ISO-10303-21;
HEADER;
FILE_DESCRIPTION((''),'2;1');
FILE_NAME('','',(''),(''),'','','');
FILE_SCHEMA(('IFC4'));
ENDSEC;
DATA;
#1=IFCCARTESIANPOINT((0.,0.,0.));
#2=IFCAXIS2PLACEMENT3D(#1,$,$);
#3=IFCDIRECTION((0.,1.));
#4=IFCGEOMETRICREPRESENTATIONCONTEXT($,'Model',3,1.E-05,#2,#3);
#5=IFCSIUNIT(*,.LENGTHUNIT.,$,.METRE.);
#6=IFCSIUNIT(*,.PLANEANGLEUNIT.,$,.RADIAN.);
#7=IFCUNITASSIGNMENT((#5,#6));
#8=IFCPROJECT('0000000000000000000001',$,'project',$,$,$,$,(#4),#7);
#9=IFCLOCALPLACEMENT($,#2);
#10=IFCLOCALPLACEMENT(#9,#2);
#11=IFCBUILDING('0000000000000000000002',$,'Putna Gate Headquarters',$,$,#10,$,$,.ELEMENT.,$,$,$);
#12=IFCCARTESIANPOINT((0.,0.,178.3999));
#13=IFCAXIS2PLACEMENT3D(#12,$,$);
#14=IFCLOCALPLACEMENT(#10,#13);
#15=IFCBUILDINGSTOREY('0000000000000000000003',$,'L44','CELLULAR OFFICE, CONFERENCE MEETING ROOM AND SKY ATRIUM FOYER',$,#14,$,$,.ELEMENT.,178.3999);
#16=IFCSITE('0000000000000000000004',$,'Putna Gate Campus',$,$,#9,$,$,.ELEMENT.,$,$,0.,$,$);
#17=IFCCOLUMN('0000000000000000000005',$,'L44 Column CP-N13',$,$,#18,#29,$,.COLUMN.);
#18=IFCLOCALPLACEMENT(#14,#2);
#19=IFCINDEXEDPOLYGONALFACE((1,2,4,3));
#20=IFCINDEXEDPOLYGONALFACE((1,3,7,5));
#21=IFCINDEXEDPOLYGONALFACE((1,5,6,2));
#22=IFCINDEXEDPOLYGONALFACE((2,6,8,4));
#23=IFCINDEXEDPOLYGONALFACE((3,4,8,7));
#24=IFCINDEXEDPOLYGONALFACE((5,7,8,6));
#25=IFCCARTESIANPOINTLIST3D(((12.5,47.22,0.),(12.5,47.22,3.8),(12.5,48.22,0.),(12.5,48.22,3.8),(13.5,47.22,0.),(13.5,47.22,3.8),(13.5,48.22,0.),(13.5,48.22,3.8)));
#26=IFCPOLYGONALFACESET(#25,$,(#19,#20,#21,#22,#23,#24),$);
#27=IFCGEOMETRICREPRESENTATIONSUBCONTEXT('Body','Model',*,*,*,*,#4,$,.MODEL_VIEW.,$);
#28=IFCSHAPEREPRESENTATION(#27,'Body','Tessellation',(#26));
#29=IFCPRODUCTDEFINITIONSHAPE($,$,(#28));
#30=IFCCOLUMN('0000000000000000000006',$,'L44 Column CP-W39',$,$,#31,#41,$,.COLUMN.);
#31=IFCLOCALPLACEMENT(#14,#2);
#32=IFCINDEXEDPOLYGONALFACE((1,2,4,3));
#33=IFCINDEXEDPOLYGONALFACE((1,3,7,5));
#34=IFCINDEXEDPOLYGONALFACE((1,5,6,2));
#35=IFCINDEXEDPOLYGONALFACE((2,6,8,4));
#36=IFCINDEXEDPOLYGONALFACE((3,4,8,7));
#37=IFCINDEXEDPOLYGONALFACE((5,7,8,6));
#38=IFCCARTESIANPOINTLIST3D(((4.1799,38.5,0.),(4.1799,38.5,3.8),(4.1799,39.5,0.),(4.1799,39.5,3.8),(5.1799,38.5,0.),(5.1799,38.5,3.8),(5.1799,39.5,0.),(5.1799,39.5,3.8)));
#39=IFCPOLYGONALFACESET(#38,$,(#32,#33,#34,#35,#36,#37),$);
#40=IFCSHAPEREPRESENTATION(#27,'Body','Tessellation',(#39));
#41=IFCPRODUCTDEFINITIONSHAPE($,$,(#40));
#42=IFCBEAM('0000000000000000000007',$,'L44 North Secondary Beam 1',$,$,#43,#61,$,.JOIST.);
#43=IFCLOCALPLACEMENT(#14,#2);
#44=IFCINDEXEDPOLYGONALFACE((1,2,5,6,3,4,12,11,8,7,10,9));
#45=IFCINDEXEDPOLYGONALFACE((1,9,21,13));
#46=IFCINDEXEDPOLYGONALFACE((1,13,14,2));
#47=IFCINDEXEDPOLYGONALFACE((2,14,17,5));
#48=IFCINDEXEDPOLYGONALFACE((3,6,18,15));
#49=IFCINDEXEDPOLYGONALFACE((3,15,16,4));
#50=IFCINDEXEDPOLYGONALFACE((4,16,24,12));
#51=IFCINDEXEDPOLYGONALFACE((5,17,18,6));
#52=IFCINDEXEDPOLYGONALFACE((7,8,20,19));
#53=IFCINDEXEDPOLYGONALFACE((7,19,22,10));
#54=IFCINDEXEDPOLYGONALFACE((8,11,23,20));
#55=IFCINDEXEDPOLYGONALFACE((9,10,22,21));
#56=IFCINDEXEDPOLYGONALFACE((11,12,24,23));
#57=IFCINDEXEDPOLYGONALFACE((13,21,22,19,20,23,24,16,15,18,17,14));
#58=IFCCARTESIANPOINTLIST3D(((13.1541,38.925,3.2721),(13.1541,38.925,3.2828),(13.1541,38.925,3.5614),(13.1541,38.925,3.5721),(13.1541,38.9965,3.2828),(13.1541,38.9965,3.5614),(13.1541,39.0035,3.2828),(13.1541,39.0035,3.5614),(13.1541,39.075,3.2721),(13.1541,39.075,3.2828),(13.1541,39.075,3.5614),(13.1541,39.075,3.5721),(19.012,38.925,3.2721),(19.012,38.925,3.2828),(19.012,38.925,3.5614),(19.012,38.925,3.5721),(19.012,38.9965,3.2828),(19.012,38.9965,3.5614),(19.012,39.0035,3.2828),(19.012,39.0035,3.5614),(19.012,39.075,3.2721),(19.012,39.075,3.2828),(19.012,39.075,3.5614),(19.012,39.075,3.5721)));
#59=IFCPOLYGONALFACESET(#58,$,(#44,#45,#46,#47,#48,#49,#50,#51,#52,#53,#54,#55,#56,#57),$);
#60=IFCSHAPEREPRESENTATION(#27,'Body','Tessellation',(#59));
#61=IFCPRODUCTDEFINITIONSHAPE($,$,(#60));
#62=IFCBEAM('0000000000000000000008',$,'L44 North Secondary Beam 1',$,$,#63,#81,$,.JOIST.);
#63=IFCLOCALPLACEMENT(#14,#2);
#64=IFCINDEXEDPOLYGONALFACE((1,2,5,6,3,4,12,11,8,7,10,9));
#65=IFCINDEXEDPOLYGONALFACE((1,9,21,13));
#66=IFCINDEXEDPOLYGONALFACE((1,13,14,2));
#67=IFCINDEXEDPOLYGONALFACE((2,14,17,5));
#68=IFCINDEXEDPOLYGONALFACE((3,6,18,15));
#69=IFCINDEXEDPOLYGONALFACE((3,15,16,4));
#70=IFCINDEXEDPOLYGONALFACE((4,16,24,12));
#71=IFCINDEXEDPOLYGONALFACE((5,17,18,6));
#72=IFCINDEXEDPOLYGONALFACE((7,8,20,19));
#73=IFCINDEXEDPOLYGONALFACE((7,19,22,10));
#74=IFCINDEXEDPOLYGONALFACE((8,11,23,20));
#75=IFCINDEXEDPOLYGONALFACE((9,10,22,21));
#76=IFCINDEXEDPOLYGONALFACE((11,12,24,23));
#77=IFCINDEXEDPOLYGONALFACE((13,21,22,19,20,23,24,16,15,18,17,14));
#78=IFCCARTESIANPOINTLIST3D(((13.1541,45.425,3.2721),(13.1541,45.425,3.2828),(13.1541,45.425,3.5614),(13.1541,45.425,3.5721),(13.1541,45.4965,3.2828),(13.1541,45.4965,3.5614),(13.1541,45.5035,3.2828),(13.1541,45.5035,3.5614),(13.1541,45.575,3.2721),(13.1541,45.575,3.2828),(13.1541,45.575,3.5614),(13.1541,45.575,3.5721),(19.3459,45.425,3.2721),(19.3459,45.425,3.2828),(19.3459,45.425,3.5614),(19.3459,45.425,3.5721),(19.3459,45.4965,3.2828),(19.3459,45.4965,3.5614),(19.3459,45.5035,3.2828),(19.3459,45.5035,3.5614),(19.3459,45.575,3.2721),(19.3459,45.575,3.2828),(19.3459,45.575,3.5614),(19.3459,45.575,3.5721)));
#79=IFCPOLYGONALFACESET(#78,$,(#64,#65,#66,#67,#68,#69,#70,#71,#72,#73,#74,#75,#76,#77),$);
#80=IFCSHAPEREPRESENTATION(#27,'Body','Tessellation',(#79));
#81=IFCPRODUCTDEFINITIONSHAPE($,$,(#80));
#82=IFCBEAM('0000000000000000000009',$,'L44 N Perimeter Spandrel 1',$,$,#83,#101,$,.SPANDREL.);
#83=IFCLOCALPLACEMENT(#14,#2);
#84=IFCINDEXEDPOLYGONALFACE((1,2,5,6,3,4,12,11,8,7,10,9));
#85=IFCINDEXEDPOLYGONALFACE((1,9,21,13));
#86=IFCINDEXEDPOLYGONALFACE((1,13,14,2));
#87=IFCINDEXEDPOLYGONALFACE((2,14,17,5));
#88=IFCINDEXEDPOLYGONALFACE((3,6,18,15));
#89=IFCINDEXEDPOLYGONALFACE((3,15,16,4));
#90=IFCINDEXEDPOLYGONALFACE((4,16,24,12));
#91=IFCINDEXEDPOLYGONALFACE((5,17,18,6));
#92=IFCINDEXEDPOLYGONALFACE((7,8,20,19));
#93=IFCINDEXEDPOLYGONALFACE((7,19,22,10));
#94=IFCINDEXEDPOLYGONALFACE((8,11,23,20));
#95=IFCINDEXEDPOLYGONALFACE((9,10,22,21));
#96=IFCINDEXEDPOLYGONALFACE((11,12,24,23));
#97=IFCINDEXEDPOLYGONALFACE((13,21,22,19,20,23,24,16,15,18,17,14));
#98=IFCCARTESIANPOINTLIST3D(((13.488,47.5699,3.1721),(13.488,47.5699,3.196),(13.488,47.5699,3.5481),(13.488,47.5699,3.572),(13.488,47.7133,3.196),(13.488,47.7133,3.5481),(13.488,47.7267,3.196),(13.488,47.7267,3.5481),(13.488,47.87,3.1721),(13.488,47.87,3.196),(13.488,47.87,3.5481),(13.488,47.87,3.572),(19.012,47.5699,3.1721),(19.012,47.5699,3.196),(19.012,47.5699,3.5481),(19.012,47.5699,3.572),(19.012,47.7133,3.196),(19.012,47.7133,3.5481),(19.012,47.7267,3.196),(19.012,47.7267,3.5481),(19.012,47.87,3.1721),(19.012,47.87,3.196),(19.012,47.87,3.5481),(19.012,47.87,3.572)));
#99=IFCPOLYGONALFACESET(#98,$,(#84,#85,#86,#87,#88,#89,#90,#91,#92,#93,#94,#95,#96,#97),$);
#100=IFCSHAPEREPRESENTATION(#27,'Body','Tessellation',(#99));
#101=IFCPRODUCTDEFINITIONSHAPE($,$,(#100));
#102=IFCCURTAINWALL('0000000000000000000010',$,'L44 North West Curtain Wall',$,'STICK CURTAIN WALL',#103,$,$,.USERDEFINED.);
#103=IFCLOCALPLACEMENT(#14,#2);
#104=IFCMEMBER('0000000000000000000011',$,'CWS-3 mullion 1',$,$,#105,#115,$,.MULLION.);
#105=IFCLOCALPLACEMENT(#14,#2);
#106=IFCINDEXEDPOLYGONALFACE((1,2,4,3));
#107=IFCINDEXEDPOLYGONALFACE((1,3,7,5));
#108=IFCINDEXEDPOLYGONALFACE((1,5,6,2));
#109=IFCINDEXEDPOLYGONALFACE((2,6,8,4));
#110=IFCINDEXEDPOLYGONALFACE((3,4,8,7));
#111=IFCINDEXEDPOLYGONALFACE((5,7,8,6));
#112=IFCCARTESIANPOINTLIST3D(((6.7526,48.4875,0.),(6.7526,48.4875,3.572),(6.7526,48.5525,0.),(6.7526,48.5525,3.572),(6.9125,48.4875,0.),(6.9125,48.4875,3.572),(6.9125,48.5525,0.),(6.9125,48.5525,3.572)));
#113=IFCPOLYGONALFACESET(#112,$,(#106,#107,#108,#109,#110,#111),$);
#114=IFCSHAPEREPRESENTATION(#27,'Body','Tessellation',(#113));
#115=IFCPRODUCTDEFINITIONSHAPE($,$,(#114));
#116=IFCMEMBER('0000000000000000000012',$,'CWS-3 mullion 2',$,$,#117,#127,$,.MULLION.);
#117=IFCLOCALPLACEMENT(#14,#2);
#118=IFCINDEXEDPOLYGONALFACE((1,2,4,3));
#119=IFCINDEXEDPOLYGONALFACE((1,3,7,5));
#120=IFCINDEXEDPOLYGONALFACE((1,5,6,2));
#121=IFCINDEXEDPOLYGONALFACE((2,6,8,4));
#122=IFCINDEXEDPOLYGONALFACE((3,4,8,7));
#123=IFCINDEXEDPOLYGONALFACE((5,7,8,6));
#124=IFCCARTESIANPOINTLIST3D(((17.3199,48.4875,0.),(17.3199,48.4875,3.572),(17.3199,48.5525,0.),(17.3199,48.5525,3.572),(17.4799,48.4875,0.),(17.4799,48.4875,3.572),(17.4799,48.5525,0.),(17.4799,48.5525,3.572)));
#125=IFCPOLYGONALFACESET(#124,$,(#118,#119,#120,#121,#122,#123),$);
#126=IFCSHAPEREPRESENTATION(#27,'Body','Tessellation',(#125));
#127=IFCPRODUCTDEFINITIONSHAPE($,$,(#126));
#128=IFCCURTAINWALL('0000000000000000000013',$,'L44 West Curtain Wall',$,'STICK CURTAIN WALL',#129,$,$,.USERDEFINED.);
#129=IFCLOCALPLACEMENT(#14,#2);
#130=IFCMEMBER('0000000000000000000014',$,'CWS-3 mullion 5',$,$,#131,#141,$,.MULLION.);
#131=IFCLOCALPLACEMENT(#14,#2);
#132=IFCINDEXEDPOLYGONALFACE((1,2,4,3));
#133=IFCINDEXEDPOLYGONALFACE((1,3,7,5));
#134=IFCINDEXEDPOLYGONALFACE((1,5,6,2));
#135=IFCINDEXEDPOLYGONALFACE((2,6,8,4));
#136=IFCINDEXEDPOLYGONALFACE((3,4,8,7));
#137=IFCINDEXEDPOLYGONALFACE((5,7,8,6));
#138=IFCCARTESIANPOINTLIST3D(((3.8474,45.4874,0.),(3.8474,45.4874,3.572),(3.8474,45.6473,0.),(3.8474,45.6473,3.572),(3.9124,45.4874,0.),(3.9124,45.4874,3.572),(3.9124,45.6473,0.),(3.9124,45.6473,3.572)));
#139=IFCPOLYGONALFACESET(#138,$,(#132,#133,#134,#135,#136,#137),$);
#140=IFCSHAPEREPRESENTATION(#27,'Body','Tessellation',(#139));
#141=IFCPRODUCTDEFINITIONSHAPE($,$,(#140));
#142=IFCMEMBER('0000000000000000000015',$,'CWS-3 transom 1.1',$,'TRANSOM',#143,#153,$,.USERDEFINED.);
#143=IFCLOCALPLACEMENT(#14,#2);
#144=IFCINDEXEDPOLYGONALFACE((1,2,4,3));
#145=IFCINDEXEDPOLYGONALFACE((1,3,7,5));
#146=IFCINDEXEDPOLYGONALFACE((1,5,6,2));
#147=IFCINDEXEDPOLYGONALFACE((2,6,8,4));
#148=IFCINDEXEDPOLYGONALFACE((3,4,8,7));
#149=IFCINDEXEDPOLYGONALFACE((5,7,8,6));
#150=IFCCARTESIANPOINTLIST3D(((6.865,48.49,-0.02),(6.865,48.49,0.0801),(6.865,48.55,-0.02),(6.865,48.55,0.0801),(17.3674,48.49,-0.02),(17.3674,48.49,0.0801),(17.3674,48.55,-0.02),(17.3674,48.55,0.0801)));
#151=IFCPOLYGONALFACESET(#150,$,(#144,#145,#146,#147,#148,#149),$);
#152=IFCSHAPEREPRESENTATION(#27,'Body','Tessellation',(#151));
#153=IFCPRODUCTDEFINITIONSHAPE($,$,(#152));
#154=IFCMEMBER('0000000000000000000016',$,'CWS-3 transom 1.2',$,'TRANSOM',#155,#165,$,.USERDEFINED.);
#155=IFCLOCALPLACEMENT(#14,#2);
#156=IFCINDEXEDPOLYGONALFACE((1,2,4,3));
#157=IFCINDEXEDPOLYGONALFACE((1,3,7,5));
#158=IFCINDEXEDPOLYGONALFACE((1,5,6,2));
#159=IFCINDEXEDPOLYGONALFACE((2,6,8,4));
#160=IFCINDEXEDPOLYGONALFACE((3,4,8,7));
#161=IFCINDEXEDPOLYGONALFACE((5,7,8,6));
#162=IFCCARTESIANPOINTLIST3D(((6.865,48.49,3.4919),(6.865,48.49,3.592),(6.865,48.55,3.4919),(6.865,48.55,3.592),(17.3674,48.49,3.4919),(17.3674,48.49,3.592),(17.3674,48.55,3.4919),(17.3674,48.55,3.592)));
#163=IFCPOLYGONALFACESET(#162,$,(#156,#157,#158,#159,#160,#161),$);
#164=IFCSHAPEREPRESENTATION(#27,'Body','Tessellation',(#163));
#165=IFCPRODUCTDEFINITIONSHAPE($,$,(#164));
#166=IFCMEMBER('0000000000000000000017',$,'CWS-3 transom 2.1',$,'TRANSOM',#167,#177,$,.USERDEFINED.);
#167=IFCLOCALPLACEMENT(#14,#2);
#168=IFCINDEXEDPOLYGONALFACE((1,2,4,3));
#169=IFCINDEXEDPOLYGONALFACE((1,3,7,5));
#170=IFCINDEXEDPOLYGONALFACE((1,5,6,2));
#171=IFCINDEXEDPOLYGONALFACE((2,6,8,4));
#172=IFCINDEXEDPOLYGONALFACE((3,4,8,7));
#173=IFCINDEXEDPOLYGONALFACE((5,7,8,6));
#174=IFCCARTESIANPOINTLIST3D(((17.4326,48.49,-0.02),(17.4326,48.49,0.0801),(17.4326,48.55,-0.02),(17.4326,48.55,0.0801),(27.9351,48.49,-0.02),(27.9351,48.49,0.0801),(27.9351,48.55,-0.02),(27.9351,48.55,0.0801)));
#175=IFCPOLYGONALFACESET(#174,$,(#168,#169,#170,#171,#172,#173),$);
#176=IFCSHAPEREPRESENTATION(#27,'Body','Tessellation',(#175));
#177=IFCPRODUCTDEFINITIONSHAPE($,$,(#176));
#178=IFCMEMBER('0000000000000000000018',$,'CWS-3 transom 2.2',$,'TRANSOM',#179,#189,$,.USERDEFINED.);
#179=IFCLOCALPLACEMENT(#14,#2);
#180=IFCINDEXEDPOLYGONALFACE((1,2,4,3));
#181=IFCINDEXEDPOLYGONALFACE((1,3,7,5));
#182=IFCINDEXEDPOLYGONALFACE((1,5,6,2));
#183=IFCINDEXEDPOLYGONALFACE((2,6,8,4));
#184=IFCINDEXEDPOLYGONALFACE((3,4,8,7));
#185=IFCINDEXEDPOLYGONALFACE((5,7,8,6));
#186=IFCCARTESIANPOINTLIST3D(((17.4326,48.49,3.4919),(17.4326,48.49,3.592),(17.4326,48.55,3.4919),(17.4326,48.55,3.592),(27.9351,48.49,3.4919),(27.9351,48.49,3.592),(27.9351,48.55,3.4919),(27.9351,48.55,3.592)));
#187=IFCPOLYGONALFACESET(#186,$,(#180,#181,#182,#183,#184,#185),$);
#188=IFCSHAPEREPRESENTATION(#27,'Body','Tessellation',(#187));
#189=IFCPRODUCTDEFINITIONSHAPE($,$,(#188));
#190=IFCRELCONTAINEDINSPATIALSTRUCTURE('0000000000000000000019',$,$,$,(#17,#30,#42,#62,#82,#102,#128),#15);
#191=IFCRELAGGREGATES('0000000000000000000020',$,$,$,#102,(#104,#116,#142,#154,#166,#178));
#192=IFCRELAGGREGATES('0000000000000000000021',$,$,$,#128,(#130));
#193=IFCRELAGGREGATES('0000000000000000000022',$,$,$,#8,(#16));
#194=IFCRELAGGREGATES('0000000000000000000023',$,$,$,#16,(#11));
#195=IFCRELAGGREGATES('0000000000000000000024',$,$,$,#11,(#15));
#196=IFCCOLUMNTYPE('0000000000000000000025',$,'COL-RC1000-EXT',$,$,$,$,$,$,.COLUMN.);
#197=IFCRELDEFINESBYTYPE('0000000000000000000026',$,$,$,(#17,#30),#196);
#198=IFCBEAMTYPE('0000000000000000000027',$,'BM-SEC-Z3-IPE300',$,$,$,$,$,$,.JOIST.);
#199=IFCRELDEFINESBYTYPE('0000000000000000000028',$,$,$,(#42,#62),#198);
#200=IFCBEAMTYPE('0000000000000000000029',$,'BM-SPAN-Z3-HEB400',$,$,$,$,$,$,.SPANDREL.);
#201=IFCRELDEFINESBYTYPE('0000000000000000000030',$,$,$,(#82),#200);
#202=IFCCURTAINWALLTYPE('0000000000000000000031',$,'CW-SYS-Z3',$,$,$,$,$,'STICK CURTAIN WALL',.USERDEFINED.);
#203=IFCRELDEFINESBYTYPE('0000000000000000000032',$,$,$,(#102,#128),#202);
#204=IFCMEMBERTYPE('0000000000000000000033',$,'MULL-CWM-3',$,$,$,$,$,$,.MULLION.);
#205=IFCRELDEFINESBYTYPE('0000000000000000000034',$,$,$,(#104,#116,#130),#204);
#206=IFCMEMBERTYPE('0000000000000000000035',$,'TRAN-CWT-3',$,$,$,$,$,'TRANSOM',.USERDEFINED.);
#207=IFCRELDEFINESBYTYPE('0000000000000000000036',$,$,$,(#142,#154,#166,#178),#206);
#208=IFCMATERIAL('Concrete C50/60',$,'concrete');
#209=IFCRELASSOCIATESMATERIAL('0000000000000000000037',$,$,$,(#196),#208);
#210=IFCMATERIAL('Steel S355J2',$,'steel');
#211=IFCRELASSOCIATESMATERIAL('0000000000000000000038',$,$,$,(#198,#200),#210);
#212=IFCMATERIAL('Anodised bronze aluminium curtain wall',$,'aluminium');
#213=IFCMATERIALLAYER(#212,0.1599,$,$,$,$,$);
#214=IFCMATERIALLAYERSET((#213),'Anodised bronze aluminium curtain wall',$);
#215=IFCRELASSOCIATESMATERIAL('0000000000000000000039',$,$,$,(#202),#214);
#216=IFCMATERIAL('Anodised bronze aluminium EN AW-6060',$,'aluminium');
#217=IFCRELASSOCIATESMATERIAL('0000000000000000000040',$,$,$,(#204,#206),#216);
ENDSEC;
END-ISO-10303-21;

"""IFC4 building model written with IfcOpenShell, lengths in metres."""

from ifc_helpers import new_model, si_unit, direction, frame, origin, origin_2d, place, context, subcontext, project, spatial, rectangle, i_section, extrude, material, layer, layer_set, material_profile, profile_set, type_object, element, aggregate, save


model = new_model("IFC4")

# Units and contexts
model_context = context("Model", 3, precision=1e-05, world=origin(), true_north=direction((0.0, 1.0)))
body_context = subcontext(model_context, "Body", "Model", "MODEL_VIEW")
ifc_project = project(units=[si_unit("LENGTHUNIT", "METRE"), si_unit("PLANEANGLEUNIT", "RADIAN")], contexts=[model_context])

# Site, building, storey
site_placement = place(None, origin())
site = spatial("IfcSite", under=ifc_project, at=site_placement, Name="Putna Gate Campus", CompositionType="ELEMENT", RefElevation=0.0)
building_placement = place(site_placement, origin())
building = spatial("IfcBuilding", under=site, at=building_placement, Name="Putna Gate Headquarters", CompositionType="ELEMENT")
storey_placement = place(building_placement, frame((0.0, 0.0, 178.3999)))
storey = spatial("IfcBuildingStorey", under=building, at=storey_placement, Name="L44", Description="CELLULAR OFFICE, CONFERENCE MEETING ROOM AND SKY ATRIUM FOYER", CompositionType="ELEMENT", Elevation=178.3999)

# Columns
ifc_material_1 = material(Name="Concrete C50/60", Category="concrete")
ifc_material_profile_1 = material_profile(ifc_material_1, rectangle(XDim=1.0, YDim=1.0, at=origin_2d()), Name="Concrete C50/60")
ifc_profile_set_1 = profile_set([ifc_material_profile_1], Name="Concrete C50/60")
column_type = type_object("IfcColumnType", Name="COL-RC1000-EXT", PredefinedType="COLUMN", material=ifc_profile_set_1)
for number, where, z_axis, x_axis, name in (
    (1, (13.0, 47.72, 0.0), (0.0, 0.0, 1.0), (1.0, 0.0, 0.0), "L44 Column CP-N13"),
    (2, (4.6799, 39.0, 0.0), (0.0, 0.0, 1.0), (1.0, 0.0, 0.0), "L44 Column CP-W39"),
):
    element("IfcColumn", number, at=place(storey_placement, frame(where, z_axis=z_axis, x_axis=x_axis)), inside=storey, type_object=column_type, Name=name, PredefinedType="COLUMN", context=body_context, shape_type="SweptSolid", body=[
        extrude(rectangle(XDim=1.0, YDim=1.0, at=origin_2d()), origin(), (0.0, 0.0, 1.0), 3.8),
    ])

# Beams
ifc_material_2 = material(Name="Steel S355J2", Category="steel")
ifc_material_profile_2 = material_profile(ifc_material_2, i_section(OverallWidth=0.1499, OverallDepth=0.3, WebThickness=0.0071, FlangeThickness=0.0107, at=origin_2d()), Name="Steel S355J2")
ifc_profile_set_2 = profile_set([ifc_material_profile_2], Name="Steel S355J2")
beam_type_1 = type_object("IfcBeamType", Name="BM-SEC-Z3-IPE300", PredefinedType="JOIST", material=ifc_profile_set_2)
beam_1_placement = place(storey_placement, frame((13.1541, 39.0, 3.4221), z_axis=(1.0, 0.0, 0.0), x_axis=(0.0, 1.0, 0.0)))
element("IfcBeam", 3, at=beam_1_placement, inside=storey, type_object=beam_type_1, Name="L44 North Secondary Beam 1", PredefinedType="JOIST", context=body_context, shape_type="SweptSolid", body=[
    extrude(i_section(OverallWidth=0.1499, OverallDepth=0.3, WebThickness=0.0071, FlangeThickness=0.0107, at=origin_2d()), origin(), (0.0, 0.0, 1.0), 5.8579),
])
beam_2_placement = place(storey_placement, frame((13.1541, 45.5, 3.4221), z_axis=(1.0, 0.0, 0.0), x_axis=(0.0, 1.0, 0.0)))
element("IfcBeam", 4, at=beam_2_placement, inside=storey, type_object=beam_type_1, Name="L44 North Secondary Beam 1", PredefinedType="JOIST", context=body_context, shape_type="SweptSolid", body=[
    extrude(i_section(OverallWidth=0.1499, OverallDepth=0.3, WebThickness=0.0071, FlangeThickness=0.0107, at=origin_2d()), origin(), (0.0, 0.0, 1.0), 6.1919),
])
ifc_material_profile_3 = material_profile(ifc_material_2, i_section(OverallWidth=0.3, OverallDepth=0.3999, WebThickness=0.0134, FlangeThickness=0.0239, at=origin_2d()), Name="Steel S355J2")
ifc_profile_set_3 = profile_set([ifc_material_profile_3], Name="Steel S355J2")
beam_type_2 = type_object("IfcBeamType", Name="BM-SPAN-Z3-HEB400", PredefinedType="SPANDREL", material=ifc_profile_set_3)
beam_3_placement = place(storey_placement, frame((13.488, 47.72, 3.3721), z_axis=(1.0, 0.0, 0.0), x_axis=(0.0, 1.0, 0.0)))
element("IfcBeam", 5, at=beam_3_placement, inside=storey, type_object=beam_type_2, Name="L44 N Perimeter Spandrel 1", PredefinedType="SPANDREL", context=body_context, shape_type="SweptSolid", body=[
    extrude(i_section(OverallWidth=0.3, OverallDepth=0.3999, WebThickness=0.0134, FlangeThickness=0.0239, at=origin_2d()), origin(), (0.0, 0.0, 1.0), 5.5239),
])

# Curtain wall, members
ifc_material_3 = material(Name="Anodised bronze aluminium curtain wall", Category="aluminium")
ifc_layer_1 = layer(ifc_material_3, 0.1599)
ifc_layer_set_1 = layer_set([ifc_layer_1], Name="Anodised bronze aluminium curtain wall")
curtain_wall_type = type_object("IfcCurtainWallType", Name="CW-SYS-Z3", ElementType="STICK CURTAIN WALL", PredefinedType="USERDEFINED", material=ifc_layer_set_1)
curtain_wall_1_placement = place(storey_placement, origin())
curtain_wall_1 = element("IfcCurtainWall", 6, at=curtain_wall_1_placement, inside=storey, type_object=curtain_wall_type, Name="L44 North West Curtain Wall", ObjectType="STICK CURTAIN WALL", PredefinedType="USERDEFINED")
ifc_material_4 = material(Name="Anodised bronze aluminium EN AW-6060", Category="aluminium")
ifc_material_profile_4 = material_profile(ifc_material_4, rectangle(XDim=0.0649, YDim=0.1599, at=origin_2d()), Name="Anodised bronze aluminium EN AW-6060")
ifc_profile_set_4 = profile_set([ifc_material_profile_4], Name="Anodised bronze aluminium EN AW-6060")
member_type_1 = type_object("IfcMemberType", Name="MULL-CWM-3", PredefinedType="MULLION", material=ifc_profile_set_4)
member_1_placement = place(storey_placement, frame((6.8325, 48.52, 0.0), z_axis=(0.0, 0.0, 1.0), x_axis=(0.0, 1.0, 0.0)))
member_1 = element("IfcMember", 7, at=member_1_placement, type_object=member_type_1, Name="CWS-3 mullion 1", PredefinedType="MULLION", context=body_context, shape_type="SweptSolid", body=[
    extrude(rectangle(XDim=0.0649, YDim=0.1599, at=origin_2d()), origin(), (0.0, 0.0, 1.0), 3.572),
])
member_2_placement = place(storey_placement, frame((17.3999, 48.52, 0.0), z_axis=(0.0, 0.0, 1.0), x_axis=(0.0, 1.0, 0.0)))
member_2 = element("IfcMember", 8, at=member_2_placement, type_object=member_type_1, Name="CWS-3 mullion 2", PredefinedType="MULLION", context=body_context, shape_type="SweptSolid", body=[
    extrude(rectangle(XDim=0.0649, YDim=0.1599, at=origin_2d()), origin(), (0.0, 0.0, 1.0), 3.572),
])

# Curtain wall, member
curtain_wall_2_placement = place(storey_placement, origin())
curtain_wall_2 = element("IfcCurtainWall", 9, at=curtain_wall_2_placement, inside=storey, type_object=curtain_wall_type, Name="L44 West Curtain Wall", ObjectType="STICK CURTAIN WALL", PredefinedType="USERDEFINED")
member_3_placement = place(storey_placement, frame((3.8799, 45.5674, 0.0), z_axis=(0.0, 0.0, 1.0), x_axis=(-1.0, 0.0, 0.0)))
member_3 = element("IfcMember", 10, at=member_3_placement, type_object=member_type_1, Name="CWS-3 mullion 5", PredefinedType="MULLION", context=body_context, shape_type="SweptSolid", body=[
    extrude(rectangle(XDim=0.0649, YDim=0.1599, at=origin_2d()), origin(), (0.0, 0.0, 1.0), 3.572),
])

# Members
ifc_material_profile_5 = material_profile(ifc_material_4, rectangle(XDim=0.0601, YDim=0.1001, at=origin_2d()), Name="Anodised bronze aluminium EN AW-6060")
ifc_profile_set_5 = profile_set([ifc_material_profile_5], Name="Anodised bronze aluminium EN AW-6060")
member_type_2 = type_object("IfcMemberType", Name="TRAN-CWT-3", ElementType="TRANSOM", PredefinedType="USERDEFINED", material=ifc_profile_set_5)
member_4_placement = place(storey_placement, frame((6.865, 48.52, 0.03), z_axis=(1.0, 0.0, 0.0), x_axis=(0.0, 1.0, 0.0)))
member_4 = element("IfcMember", 11, at=member_4_placement, type_object=member_type_2, Name="CWS-3 transom 1.1", ObjectType="TRANSOM", PredefinedType="USERDEFINED", context=body_context, shape_type="SweptSolid", body=[
    extrude(rectangle(XDim=0.0601, YDim=0.1001, at=origin_2d()), origin(), (0.0, 0.0, 1.0), 10.5024),
])
member_5_placement = place(storey_placement, frame((6.865, 48.52, 3.542), z_axis=(1.0, 0.0, 0.0), x_axis=(0.0, 1.0, 0.0)))
member_5 = element("IfcMember", 12, at=member_5_placement, type_object=member_type_2, Name="CWS-3 transom 1.2", ObjectType="TRANSOM", PredefinedType="USERDEFINED", context=body_context, shape_type="SweptSolid", body=[
    extrude(rectangle(XDim=0.0601, YDim=0.1001, at=origin_2d()), origin(), (0.0, 0.0, 1.0), 10.5024),
])
member_6_placement = place(storey_placement, frame((17.4326, 48.52, 0.03), z_axis=(1.0, 0.0, 0.0), x_axis=(0.0, 1.0, 0.0)))
member_6 = element("IfcMember", 13, at=member_6_placement, type_object=member_type_2, Name="CWS-3 transom 2.1", ObjectType="TRANSOM", PredefinedType="USERDEFINED", context=body_context, shape_type="SweptSolid", body=[
    extrude(rectangle(XDim=0.0601, YDim=0.1001, at=origin_2d()), origin(), (0.0, 0.0, 1.0), 10.5024),
])
member_7_placement = place(storey_placement, frame((17.4326, 48.52, 3.542), z_axis=(1.0, 0.0, 0.0), x_axis=(0.0, 1.0, 0.0)))
member_7 = element("IfcMember", 14, at=member_7_placement, type_object=member_type_2, Name="CWS-3 transom 2.2", ObjectType="TRANSOM", PredefinedType="USERDEFINED", context=body_context, shape_type="SweptSolid", body=[
    extrude(rectangle(XDim=0.0601, YDim=0.1001, at=origin_2d()), origin(), (0.0, 0.0, 1.0), 10.5024),
])

aggregate(curtain_wall_1, [member_1, member_2, member_4, member_5, member_6, member_7])
aggregate(curtain_wall_2, [member_3])

save(model, "model.ifc")
